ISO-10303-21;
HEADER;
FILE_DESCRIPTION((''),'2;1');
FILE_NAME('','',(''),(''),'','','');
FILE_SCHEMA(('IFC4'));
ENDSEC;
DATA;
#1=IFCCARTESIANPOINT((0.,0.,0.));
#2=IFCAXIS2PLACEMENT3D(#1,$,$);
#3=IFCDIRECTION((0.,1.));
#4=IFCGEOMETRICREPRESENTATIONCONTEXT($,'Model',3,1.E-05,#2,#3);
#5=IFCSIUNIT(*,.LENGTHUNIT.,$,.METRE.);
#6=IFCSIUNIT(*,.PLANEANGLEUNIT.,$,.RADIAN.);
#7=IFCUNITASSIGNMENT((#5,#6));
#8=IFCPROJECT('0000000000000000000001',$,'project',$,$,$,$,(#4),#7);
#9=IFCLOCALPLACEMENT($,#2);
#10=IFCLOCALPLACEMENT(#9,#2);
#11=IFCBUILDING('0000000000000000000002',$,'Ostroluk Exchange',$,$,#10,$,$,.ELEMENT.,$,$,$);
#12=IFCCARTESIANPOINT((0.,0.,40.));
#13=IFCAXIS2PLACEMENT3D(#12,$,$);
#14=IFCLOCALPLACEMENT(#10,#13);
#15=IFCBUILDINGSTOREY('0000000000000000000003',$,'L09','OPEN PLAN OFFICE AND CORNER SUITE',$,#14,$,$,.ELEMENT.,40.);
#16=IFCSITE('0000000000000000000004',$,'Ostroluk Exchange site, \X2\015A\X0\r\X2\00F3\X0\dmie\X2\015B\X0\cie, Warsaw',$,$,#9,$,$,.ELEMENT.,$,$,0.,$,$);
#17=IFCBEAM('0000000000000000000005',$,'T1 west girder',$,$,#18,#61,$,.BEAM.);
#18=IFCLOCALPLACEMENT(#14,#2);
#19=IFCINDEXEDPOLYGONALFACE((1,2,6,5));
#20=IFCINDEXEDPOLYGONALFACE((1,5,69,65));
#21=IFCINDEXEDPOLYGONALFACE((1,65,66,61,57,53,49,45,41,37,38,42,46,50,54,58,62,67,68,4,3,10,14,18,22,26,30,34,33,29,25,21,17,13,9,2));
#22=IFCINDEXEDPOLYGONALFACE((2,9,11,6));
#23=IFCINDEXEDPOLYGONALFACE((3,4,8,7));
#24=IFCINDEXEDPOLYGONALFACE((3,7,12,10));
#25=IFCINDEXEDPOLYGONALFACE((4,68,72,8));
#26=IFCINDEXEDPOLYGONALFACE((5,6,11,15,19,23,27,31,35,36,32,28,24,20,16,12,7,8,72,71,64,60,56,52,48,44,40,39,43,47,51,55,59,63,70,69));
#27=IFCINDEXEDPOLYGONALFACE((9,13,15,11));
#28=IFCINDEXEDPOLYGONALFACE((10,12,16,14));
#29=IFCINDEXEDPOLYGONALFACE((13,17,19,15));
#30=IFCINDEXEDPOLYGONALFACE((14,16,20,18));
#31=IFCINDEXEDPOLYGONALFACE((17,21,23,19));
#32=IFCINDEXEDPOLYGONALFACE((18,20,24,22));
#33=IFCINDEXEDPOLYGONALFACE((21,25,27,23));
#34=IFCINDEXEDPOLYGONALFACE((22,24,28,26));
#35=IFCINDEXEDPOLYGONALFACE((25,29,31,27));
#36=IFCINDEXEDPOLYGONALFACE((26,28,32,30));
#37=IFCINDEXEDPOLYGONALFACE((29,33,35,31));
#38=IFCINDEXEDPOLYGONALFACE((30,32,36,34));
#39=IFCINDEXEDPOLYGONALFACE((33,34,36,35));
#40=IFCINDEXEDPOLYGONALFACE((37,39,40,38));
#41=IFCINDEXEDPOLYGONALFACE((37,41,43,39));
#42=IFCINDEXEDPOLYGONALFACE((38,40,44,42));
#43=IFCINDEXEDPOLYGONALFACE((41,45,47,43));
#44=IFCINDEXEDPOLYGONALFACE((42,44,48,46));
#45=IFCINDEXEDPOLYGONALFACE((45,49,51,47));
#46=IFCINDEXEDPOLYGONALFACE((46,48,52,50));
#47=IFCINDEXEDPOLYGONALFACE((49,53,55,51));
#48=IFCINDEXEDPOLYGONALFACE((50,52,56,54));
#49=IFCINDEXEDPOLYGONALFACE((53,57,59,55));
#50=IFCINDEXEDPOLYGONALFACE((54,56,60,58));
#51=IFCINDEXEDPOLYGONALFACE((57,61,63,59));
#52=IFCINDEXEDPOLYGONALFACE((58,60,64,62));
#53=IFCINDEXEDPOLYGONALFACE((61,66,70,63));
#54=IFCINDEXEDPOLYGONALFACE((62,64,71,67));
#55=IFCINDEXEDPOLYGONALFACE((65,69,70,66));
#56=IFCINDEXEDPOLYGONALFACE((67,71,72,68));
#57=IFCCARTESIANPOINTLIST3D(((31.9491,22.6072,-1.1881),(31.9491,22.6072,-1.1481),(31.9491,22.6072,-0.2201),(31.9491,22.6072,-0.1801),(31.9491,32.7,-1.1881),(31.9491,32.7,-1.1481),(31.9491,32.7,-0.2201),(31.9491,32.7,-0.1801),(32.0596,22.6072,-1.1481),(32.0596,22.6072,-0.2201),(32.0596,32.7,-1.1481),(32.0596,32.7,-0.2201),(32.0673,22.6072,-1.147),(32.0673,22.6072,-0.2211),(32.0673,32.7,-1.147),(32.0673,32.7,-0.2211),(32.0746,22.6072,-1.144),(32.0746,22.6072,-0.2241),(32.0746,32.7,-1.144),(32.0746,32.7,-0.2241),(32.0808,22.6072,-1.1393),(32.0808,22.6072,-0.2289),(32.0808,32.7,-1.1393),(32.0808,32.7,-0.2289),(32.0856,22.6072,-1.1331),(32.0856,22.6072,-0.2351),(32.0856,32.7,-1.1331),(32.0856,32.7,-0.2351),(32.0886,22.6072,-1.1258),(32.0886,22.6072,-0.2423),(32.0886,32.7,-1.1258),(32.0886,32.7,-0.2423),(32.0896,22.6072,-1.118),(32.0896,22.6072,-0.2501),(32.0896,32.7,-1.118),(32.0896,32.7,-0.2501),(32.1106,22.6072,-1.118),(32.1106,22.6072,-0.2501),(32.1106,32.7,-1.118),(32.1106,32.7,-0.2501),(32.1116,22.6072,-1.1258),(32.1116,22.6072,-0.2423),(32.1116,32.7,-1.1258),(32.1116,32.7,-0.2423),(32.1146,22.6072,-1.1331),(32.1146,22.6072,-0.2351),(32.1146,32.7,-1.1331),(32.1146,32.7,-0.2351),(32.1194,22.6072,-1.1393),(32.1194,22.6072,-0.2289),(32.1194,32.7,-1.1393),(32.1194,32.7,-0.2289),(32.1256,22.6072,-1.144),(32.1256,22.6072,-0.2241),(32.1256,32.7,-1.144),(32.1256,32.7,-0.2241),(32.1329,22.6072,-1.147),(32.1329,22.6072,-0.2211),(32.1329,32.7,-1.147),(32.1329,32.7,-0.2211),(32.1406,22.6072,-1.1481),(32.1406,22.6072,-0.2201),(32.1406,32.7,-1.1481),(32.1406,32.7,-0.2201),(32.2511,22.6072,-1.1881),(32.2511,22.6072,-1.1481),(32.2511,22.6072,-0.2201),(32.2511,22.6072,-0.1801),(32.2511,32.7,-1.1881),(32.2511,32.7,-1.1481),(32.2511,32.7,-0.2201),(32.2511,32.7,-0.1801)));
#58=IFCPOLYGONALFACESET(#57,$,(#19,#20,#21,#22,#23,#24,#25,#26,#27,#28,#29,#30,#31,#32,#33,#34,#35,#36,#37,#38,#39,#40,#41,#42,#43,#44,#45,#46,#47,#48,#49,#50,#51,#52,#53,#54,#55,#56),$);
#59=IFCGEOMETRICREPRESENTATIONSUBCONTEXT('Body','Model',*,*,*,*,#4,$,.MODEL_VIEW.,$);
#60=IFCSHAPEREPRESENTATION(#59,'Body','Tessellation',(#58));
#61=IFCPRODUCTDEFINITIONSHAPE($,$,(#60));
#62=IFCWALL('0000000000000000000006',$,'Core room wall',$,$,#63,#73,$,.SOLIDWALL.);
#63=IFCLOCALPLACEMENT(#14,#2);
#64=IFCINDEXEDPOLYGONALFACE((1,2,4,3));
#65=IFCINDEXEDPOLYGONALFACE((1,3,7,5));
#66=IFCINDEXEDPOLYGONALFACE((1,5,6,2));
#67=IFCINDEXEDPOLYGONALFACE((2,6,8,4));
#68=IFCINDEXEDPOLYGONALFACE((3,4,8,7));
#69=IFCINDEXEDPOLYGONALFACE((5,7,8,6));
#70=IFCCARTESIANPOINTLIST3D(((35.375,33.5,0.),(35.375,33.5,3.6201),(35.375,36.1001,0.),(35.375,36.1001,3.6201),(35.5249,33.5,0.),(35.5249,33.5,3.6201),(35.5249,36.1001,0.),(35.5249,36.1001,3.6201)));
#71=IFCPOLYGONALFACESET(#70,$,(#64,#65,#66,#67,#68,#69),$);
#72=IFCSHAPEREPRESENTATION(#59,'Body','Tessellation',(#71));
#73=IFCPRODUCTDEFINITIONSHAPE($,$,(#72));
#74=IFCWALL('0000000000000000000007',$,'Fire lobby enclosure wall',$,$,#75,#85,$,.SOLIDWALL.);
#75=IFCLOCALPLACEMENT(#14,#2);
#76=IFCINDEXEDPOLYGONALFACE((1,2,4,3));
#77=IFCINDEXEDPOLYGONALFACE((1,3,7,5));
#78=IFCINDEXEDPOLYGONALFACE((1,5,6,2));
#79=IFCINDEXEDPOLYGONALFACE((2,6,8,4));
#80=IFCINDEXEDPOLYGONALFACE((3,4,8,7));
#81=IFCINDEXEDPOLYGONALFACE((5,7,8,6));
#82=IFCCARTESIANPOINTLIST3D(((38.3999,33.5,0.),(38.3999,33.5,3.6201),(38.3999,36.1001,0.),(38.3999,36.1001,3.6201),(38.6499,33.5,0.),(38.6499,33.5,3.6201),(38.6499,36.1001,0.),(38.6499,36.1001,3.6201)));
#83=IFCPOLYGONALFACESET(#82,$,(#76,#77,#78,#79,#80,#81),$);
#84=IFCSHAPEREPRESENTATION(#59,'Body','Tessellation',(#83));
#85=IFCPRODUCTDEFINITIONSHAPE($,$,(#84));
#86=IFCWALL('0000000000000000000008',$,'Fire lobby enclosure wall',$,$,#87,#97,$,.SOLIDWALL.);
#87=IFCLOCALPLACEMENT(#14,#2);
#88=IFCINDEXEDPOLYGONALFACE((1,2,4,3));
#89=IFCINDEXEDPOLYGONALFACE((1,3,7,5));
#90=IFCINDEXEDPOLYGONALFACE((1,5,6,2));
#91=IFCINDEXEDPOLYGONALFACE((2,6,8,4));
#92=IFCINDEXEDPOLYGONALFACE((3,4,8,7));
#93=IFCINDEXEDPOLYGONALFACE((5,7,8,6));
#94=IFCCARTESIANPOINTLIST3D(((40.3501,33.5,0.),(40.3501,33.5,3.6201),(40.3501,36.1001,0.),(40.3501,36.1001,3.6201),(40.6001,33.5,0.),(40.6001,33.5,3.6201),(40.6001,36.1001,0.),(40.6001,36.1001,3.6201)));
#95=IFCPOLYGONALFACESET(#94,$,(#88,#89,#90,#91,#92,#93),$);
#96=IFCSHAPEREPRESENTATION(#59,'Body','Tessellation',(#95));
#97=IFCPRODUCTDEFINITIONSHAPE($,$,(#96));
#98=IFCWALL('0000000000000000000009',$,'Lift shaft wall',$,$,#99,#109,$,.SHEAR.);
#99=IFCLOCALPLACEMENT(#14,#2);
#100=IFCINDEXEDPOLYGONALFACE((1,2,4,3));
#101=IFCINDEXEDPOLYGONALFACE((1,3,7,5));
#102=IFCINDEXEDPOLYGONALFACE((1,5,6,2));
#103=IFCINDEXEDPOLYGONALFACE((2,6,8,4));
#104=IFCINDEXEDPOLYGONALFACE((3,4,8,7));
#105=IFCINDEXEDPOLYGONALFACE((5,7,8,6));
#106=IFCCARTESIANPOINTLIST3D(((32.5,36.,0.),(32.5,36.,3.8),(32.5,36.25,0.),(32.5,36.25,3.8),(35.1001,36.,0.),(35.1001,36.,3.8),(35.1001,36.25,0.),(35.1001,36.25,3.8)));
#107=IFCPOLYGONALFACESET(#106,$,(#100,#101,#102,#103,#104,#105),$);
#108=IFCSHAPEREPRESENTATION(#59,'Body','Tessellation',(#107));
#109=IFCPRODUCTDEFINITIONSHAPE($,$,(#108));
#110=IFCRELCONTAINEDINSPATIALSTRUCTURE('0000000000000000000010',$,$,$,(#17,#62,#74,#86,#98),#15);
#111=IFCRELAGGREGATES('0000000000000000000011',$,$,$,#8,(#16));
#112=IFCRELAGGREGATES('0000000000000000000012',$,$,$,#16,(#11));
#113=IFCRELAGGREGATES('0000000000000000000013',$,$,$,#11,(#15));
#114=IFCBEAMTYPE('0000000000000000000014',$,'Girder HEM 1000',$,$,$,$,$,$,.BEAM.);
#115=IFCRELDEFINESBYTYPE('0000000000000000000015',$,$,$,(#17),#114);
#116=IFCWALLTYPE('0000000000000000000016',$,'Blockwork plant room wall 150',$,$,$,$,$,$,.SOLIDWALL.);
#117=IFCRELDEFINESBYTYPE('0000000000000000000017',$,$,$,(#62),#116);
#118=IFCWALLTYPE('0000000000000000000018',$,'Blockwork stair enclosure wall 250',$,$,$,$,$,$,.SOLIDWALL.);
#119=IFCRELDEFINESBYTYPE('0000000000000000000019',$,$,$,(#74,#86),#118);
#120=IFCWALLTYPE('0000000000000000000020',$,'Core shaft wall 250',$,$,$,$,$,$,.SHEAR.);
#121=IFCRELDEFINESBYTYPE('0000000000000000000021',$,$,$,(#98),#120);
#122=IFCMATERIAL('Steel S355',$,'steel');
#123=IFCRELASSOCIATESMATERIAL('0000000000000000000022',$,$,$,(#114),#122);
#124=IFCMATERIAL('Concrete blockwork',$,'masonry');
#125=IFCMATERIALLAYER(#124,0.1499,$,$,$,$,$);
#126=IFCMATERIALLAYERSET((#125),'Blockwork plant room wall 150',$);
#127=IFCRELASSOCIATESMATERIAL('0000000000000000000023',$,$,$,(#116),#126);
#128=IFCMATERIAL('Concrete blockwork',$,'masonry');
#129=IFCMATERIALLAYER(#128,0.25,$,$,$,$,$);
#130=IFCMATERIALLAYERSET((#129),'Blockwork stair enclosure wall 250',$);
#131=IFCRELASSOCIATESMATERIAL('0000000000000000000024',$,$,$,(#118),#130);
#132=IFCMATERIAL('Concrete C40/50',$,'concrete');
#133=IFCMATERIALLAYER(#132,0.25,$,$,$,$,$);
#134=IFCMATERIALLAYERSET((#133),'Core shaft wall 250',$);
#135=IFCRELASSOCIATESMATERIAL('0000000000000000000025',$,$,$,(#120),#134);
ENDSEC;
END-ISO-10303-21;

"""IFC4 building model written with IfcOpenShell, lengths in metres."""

from ifc_helpers import new_model, si_unit, direction, frame, frame_2d, origin, origin_2d, place, context, subcontext, project, spatial, rectangle, i_section, extrude, material, layer, layer_set, material_profile, profile_set, type_object, element, save


model = new_model("IFC4")

# Units and contexts
model_context = context("Model", 3, precision=1e-05, world=origin(), true_north=direction((0.0, 1.0)))
body_context = subcontext(model_context, "Body", "Model", "MODEL_VIEW")
ifc_project = project(units=[si_unit("LENGTHUNIT", "METRE"), si_unit("PLANEANGLEUNIT", "RADIAN")], contexts=[model_context])

# Site, building, storey
site_placement = place(None, origin())
site = spatial("IfcSite", under=ifc_project, at=site_placement, Name="Ostroluk Exchange site, Śródmieście, Warsaw", CompositionType="ELEMENT", RefElevation=0.0)
building_placement = place(site_placement, origin())
building = spatial("IfcBuilding", under=site, at=building_placement, Name="Ostroluk Exchange", CompositionType="ELEMENT")
storey_placement = place(building_placement, frame((0.0, 0.0, 40.0)))
storey = spatial("IfcBuildingStorey", under=building, at=storey_placement, Name="L09", Description="OPEN PLAN OFFICE AND CORNER SUITE", CompositionType="ELEMENT", Elevation=40.0)

# Beam
ifc_material_1 = material(Name="Steel S355", Category="steel")
ifc_material_profile_1 = material_profile(ifc_material_1, i_section(OverallWidth=0.302, OverallDepth=1.0081, WebThickness=0.021, FlangeThickness=0.04, FilletRadius=0.03, at=origin_2d()), Name="HEM 1000")
ifc_profile_set_1 = profile_set([ifc_material_profile_1], Name="Steel S355")
beam_type_1 = type_object("IfcBeamType", Name="Girder HEM 1000", PredefinedType="BEAM", material=ifc_profile_set_1)
beam_1_placement = place(storey_placement, frame((32.1001, 32.7, -0.6841), z_axis=(0.0, -1.0, 0.0), x_axis=(1.0, 0.0, 0.0)))
element("IfcBeam", 1, at=beam_1_placement, inside=storey, type_object=beam_type_1, Name="T1 west girder", PredefinedType="BEAM", context=body_context, shape_type="SweptSolid", body=[
    extrude(i_section(OverallWidth=0.302, OverallDepth=1.0081, WebThickness=0.021, FlangeThickness=0.04, FilletRadius=0.03, at=origin_2d()), origin(), (0.0, 0.0, 1.0), 10.0928),
])

# Walls
ifc_material_2 = material(Name="Concrete blockwork", Category="masonry")
ifc_layer_1 = layer(ifc_material_2, 0.1499)
ifc_layer_set_1 = layer_set([ifc_layer_1], Name="Blockwork plant room wall 150")
wall_type_1 = type_object("IfcWallType", Name="Blockwork plant room wall 150", PredefinedType="SOLIDWALL", material=ifc_layer_set_1)
wall_1_placement = place(storey_placement, frame((35.45, 33.5, 0.0), z_axis=(0.0, 0.0, 1.0), x_axis=(0.0, 1.0, 0.0)))
element("IfcWall", 2, at=wall_1_placement, inside=storey, type_object=wall_type_1, Name="Core room wall", PredefinedType="SOLIDWALL", context=body_context, shape_type="SweptSolid", body=[
    extrude(rectangle(XDim=2.6001, YDim=0.1499, at=frame_2d((1.3, 0.0))), origin(), (0.0, 0.0, 1.0), 3.6201),
])
ifc_material_3 = material(Name="Concrete blockwork", Category="masonry")
ifc_layer_2 = layer(ifc_material_3, 0.25)
ifc_layer_set_2 = layer_set([ifc_layer_2], Name="Blockwork stair enclosure wall 250")
wall_type_2 = type_object("IfcWallType", Name="Blockwork stair enclosure wall 250", PredefinedType="SOLIDWALL", material=ifc_layer_set_2)
for number, where, z_axis, x_axis, name in (
    (3, (38.5249, 33.5, 0.0), (0.0, 0.0, 1.0), (0.0, 1.0, 0.0), "Fire lobby enclosure wall"),
    (4, (40.4751, 33.5, 0.0), (0.0, 0.0, 1.0), (0.0, 1.0, 0.0), "Fire lobby enclosure wall"),
):
    element("IfcWall", number, at=place(storey_placement, frame(where, z_axis=z_axis, x_axis=x_axis)), inside=storey, type_object=wall_type_2, Name=name, PredefinedType="SOLIDWALL", context=body_context, shape_type="SweptSolid", body=[
        extrude(rectangle(XDim=2.6001, YDim=0.25, at=frame_2d((1.3, 0.0))), origin(), (0.0, 0.0, 1.0), 3.6201),
    ])
ifc_material_4 = material(Name="Concrete C40/50", Category="concrete")
ifc_layer_3 = layer(ifc_material_4, 0.25)
ifc_layer_set_3 = layer_set([ifc_layer_3], Name="Core shaft wall 250")
wall_type_3 = type_object("IfcWallType", Name="Core shaft wall 250", PredefinedType="SHEAR", material=ifc_layer_set_3)
wall_2_placement = place(storey_placement, frame((32.5, 36.125, 0.0), z_axis=(0.0, 0.0, 1.0), x_axis=(1.0, 0.0, 0.0)))
element("IfcWall", 5, at=wall_2_placement, inside=storey, type_object=wall_type_3, Name="Lift shaft wall", PredefinedType="SHEAR", context=body_context, shape_type="SweptSolid", body=[
    extrude(rectangle(XDim=2.6001, YDim=0.25, at=frame_2d((1.3, 0.0))), origin(), (0.0, 0.0, 1.0), 3.8),
])

save(model, "model.ifc")
